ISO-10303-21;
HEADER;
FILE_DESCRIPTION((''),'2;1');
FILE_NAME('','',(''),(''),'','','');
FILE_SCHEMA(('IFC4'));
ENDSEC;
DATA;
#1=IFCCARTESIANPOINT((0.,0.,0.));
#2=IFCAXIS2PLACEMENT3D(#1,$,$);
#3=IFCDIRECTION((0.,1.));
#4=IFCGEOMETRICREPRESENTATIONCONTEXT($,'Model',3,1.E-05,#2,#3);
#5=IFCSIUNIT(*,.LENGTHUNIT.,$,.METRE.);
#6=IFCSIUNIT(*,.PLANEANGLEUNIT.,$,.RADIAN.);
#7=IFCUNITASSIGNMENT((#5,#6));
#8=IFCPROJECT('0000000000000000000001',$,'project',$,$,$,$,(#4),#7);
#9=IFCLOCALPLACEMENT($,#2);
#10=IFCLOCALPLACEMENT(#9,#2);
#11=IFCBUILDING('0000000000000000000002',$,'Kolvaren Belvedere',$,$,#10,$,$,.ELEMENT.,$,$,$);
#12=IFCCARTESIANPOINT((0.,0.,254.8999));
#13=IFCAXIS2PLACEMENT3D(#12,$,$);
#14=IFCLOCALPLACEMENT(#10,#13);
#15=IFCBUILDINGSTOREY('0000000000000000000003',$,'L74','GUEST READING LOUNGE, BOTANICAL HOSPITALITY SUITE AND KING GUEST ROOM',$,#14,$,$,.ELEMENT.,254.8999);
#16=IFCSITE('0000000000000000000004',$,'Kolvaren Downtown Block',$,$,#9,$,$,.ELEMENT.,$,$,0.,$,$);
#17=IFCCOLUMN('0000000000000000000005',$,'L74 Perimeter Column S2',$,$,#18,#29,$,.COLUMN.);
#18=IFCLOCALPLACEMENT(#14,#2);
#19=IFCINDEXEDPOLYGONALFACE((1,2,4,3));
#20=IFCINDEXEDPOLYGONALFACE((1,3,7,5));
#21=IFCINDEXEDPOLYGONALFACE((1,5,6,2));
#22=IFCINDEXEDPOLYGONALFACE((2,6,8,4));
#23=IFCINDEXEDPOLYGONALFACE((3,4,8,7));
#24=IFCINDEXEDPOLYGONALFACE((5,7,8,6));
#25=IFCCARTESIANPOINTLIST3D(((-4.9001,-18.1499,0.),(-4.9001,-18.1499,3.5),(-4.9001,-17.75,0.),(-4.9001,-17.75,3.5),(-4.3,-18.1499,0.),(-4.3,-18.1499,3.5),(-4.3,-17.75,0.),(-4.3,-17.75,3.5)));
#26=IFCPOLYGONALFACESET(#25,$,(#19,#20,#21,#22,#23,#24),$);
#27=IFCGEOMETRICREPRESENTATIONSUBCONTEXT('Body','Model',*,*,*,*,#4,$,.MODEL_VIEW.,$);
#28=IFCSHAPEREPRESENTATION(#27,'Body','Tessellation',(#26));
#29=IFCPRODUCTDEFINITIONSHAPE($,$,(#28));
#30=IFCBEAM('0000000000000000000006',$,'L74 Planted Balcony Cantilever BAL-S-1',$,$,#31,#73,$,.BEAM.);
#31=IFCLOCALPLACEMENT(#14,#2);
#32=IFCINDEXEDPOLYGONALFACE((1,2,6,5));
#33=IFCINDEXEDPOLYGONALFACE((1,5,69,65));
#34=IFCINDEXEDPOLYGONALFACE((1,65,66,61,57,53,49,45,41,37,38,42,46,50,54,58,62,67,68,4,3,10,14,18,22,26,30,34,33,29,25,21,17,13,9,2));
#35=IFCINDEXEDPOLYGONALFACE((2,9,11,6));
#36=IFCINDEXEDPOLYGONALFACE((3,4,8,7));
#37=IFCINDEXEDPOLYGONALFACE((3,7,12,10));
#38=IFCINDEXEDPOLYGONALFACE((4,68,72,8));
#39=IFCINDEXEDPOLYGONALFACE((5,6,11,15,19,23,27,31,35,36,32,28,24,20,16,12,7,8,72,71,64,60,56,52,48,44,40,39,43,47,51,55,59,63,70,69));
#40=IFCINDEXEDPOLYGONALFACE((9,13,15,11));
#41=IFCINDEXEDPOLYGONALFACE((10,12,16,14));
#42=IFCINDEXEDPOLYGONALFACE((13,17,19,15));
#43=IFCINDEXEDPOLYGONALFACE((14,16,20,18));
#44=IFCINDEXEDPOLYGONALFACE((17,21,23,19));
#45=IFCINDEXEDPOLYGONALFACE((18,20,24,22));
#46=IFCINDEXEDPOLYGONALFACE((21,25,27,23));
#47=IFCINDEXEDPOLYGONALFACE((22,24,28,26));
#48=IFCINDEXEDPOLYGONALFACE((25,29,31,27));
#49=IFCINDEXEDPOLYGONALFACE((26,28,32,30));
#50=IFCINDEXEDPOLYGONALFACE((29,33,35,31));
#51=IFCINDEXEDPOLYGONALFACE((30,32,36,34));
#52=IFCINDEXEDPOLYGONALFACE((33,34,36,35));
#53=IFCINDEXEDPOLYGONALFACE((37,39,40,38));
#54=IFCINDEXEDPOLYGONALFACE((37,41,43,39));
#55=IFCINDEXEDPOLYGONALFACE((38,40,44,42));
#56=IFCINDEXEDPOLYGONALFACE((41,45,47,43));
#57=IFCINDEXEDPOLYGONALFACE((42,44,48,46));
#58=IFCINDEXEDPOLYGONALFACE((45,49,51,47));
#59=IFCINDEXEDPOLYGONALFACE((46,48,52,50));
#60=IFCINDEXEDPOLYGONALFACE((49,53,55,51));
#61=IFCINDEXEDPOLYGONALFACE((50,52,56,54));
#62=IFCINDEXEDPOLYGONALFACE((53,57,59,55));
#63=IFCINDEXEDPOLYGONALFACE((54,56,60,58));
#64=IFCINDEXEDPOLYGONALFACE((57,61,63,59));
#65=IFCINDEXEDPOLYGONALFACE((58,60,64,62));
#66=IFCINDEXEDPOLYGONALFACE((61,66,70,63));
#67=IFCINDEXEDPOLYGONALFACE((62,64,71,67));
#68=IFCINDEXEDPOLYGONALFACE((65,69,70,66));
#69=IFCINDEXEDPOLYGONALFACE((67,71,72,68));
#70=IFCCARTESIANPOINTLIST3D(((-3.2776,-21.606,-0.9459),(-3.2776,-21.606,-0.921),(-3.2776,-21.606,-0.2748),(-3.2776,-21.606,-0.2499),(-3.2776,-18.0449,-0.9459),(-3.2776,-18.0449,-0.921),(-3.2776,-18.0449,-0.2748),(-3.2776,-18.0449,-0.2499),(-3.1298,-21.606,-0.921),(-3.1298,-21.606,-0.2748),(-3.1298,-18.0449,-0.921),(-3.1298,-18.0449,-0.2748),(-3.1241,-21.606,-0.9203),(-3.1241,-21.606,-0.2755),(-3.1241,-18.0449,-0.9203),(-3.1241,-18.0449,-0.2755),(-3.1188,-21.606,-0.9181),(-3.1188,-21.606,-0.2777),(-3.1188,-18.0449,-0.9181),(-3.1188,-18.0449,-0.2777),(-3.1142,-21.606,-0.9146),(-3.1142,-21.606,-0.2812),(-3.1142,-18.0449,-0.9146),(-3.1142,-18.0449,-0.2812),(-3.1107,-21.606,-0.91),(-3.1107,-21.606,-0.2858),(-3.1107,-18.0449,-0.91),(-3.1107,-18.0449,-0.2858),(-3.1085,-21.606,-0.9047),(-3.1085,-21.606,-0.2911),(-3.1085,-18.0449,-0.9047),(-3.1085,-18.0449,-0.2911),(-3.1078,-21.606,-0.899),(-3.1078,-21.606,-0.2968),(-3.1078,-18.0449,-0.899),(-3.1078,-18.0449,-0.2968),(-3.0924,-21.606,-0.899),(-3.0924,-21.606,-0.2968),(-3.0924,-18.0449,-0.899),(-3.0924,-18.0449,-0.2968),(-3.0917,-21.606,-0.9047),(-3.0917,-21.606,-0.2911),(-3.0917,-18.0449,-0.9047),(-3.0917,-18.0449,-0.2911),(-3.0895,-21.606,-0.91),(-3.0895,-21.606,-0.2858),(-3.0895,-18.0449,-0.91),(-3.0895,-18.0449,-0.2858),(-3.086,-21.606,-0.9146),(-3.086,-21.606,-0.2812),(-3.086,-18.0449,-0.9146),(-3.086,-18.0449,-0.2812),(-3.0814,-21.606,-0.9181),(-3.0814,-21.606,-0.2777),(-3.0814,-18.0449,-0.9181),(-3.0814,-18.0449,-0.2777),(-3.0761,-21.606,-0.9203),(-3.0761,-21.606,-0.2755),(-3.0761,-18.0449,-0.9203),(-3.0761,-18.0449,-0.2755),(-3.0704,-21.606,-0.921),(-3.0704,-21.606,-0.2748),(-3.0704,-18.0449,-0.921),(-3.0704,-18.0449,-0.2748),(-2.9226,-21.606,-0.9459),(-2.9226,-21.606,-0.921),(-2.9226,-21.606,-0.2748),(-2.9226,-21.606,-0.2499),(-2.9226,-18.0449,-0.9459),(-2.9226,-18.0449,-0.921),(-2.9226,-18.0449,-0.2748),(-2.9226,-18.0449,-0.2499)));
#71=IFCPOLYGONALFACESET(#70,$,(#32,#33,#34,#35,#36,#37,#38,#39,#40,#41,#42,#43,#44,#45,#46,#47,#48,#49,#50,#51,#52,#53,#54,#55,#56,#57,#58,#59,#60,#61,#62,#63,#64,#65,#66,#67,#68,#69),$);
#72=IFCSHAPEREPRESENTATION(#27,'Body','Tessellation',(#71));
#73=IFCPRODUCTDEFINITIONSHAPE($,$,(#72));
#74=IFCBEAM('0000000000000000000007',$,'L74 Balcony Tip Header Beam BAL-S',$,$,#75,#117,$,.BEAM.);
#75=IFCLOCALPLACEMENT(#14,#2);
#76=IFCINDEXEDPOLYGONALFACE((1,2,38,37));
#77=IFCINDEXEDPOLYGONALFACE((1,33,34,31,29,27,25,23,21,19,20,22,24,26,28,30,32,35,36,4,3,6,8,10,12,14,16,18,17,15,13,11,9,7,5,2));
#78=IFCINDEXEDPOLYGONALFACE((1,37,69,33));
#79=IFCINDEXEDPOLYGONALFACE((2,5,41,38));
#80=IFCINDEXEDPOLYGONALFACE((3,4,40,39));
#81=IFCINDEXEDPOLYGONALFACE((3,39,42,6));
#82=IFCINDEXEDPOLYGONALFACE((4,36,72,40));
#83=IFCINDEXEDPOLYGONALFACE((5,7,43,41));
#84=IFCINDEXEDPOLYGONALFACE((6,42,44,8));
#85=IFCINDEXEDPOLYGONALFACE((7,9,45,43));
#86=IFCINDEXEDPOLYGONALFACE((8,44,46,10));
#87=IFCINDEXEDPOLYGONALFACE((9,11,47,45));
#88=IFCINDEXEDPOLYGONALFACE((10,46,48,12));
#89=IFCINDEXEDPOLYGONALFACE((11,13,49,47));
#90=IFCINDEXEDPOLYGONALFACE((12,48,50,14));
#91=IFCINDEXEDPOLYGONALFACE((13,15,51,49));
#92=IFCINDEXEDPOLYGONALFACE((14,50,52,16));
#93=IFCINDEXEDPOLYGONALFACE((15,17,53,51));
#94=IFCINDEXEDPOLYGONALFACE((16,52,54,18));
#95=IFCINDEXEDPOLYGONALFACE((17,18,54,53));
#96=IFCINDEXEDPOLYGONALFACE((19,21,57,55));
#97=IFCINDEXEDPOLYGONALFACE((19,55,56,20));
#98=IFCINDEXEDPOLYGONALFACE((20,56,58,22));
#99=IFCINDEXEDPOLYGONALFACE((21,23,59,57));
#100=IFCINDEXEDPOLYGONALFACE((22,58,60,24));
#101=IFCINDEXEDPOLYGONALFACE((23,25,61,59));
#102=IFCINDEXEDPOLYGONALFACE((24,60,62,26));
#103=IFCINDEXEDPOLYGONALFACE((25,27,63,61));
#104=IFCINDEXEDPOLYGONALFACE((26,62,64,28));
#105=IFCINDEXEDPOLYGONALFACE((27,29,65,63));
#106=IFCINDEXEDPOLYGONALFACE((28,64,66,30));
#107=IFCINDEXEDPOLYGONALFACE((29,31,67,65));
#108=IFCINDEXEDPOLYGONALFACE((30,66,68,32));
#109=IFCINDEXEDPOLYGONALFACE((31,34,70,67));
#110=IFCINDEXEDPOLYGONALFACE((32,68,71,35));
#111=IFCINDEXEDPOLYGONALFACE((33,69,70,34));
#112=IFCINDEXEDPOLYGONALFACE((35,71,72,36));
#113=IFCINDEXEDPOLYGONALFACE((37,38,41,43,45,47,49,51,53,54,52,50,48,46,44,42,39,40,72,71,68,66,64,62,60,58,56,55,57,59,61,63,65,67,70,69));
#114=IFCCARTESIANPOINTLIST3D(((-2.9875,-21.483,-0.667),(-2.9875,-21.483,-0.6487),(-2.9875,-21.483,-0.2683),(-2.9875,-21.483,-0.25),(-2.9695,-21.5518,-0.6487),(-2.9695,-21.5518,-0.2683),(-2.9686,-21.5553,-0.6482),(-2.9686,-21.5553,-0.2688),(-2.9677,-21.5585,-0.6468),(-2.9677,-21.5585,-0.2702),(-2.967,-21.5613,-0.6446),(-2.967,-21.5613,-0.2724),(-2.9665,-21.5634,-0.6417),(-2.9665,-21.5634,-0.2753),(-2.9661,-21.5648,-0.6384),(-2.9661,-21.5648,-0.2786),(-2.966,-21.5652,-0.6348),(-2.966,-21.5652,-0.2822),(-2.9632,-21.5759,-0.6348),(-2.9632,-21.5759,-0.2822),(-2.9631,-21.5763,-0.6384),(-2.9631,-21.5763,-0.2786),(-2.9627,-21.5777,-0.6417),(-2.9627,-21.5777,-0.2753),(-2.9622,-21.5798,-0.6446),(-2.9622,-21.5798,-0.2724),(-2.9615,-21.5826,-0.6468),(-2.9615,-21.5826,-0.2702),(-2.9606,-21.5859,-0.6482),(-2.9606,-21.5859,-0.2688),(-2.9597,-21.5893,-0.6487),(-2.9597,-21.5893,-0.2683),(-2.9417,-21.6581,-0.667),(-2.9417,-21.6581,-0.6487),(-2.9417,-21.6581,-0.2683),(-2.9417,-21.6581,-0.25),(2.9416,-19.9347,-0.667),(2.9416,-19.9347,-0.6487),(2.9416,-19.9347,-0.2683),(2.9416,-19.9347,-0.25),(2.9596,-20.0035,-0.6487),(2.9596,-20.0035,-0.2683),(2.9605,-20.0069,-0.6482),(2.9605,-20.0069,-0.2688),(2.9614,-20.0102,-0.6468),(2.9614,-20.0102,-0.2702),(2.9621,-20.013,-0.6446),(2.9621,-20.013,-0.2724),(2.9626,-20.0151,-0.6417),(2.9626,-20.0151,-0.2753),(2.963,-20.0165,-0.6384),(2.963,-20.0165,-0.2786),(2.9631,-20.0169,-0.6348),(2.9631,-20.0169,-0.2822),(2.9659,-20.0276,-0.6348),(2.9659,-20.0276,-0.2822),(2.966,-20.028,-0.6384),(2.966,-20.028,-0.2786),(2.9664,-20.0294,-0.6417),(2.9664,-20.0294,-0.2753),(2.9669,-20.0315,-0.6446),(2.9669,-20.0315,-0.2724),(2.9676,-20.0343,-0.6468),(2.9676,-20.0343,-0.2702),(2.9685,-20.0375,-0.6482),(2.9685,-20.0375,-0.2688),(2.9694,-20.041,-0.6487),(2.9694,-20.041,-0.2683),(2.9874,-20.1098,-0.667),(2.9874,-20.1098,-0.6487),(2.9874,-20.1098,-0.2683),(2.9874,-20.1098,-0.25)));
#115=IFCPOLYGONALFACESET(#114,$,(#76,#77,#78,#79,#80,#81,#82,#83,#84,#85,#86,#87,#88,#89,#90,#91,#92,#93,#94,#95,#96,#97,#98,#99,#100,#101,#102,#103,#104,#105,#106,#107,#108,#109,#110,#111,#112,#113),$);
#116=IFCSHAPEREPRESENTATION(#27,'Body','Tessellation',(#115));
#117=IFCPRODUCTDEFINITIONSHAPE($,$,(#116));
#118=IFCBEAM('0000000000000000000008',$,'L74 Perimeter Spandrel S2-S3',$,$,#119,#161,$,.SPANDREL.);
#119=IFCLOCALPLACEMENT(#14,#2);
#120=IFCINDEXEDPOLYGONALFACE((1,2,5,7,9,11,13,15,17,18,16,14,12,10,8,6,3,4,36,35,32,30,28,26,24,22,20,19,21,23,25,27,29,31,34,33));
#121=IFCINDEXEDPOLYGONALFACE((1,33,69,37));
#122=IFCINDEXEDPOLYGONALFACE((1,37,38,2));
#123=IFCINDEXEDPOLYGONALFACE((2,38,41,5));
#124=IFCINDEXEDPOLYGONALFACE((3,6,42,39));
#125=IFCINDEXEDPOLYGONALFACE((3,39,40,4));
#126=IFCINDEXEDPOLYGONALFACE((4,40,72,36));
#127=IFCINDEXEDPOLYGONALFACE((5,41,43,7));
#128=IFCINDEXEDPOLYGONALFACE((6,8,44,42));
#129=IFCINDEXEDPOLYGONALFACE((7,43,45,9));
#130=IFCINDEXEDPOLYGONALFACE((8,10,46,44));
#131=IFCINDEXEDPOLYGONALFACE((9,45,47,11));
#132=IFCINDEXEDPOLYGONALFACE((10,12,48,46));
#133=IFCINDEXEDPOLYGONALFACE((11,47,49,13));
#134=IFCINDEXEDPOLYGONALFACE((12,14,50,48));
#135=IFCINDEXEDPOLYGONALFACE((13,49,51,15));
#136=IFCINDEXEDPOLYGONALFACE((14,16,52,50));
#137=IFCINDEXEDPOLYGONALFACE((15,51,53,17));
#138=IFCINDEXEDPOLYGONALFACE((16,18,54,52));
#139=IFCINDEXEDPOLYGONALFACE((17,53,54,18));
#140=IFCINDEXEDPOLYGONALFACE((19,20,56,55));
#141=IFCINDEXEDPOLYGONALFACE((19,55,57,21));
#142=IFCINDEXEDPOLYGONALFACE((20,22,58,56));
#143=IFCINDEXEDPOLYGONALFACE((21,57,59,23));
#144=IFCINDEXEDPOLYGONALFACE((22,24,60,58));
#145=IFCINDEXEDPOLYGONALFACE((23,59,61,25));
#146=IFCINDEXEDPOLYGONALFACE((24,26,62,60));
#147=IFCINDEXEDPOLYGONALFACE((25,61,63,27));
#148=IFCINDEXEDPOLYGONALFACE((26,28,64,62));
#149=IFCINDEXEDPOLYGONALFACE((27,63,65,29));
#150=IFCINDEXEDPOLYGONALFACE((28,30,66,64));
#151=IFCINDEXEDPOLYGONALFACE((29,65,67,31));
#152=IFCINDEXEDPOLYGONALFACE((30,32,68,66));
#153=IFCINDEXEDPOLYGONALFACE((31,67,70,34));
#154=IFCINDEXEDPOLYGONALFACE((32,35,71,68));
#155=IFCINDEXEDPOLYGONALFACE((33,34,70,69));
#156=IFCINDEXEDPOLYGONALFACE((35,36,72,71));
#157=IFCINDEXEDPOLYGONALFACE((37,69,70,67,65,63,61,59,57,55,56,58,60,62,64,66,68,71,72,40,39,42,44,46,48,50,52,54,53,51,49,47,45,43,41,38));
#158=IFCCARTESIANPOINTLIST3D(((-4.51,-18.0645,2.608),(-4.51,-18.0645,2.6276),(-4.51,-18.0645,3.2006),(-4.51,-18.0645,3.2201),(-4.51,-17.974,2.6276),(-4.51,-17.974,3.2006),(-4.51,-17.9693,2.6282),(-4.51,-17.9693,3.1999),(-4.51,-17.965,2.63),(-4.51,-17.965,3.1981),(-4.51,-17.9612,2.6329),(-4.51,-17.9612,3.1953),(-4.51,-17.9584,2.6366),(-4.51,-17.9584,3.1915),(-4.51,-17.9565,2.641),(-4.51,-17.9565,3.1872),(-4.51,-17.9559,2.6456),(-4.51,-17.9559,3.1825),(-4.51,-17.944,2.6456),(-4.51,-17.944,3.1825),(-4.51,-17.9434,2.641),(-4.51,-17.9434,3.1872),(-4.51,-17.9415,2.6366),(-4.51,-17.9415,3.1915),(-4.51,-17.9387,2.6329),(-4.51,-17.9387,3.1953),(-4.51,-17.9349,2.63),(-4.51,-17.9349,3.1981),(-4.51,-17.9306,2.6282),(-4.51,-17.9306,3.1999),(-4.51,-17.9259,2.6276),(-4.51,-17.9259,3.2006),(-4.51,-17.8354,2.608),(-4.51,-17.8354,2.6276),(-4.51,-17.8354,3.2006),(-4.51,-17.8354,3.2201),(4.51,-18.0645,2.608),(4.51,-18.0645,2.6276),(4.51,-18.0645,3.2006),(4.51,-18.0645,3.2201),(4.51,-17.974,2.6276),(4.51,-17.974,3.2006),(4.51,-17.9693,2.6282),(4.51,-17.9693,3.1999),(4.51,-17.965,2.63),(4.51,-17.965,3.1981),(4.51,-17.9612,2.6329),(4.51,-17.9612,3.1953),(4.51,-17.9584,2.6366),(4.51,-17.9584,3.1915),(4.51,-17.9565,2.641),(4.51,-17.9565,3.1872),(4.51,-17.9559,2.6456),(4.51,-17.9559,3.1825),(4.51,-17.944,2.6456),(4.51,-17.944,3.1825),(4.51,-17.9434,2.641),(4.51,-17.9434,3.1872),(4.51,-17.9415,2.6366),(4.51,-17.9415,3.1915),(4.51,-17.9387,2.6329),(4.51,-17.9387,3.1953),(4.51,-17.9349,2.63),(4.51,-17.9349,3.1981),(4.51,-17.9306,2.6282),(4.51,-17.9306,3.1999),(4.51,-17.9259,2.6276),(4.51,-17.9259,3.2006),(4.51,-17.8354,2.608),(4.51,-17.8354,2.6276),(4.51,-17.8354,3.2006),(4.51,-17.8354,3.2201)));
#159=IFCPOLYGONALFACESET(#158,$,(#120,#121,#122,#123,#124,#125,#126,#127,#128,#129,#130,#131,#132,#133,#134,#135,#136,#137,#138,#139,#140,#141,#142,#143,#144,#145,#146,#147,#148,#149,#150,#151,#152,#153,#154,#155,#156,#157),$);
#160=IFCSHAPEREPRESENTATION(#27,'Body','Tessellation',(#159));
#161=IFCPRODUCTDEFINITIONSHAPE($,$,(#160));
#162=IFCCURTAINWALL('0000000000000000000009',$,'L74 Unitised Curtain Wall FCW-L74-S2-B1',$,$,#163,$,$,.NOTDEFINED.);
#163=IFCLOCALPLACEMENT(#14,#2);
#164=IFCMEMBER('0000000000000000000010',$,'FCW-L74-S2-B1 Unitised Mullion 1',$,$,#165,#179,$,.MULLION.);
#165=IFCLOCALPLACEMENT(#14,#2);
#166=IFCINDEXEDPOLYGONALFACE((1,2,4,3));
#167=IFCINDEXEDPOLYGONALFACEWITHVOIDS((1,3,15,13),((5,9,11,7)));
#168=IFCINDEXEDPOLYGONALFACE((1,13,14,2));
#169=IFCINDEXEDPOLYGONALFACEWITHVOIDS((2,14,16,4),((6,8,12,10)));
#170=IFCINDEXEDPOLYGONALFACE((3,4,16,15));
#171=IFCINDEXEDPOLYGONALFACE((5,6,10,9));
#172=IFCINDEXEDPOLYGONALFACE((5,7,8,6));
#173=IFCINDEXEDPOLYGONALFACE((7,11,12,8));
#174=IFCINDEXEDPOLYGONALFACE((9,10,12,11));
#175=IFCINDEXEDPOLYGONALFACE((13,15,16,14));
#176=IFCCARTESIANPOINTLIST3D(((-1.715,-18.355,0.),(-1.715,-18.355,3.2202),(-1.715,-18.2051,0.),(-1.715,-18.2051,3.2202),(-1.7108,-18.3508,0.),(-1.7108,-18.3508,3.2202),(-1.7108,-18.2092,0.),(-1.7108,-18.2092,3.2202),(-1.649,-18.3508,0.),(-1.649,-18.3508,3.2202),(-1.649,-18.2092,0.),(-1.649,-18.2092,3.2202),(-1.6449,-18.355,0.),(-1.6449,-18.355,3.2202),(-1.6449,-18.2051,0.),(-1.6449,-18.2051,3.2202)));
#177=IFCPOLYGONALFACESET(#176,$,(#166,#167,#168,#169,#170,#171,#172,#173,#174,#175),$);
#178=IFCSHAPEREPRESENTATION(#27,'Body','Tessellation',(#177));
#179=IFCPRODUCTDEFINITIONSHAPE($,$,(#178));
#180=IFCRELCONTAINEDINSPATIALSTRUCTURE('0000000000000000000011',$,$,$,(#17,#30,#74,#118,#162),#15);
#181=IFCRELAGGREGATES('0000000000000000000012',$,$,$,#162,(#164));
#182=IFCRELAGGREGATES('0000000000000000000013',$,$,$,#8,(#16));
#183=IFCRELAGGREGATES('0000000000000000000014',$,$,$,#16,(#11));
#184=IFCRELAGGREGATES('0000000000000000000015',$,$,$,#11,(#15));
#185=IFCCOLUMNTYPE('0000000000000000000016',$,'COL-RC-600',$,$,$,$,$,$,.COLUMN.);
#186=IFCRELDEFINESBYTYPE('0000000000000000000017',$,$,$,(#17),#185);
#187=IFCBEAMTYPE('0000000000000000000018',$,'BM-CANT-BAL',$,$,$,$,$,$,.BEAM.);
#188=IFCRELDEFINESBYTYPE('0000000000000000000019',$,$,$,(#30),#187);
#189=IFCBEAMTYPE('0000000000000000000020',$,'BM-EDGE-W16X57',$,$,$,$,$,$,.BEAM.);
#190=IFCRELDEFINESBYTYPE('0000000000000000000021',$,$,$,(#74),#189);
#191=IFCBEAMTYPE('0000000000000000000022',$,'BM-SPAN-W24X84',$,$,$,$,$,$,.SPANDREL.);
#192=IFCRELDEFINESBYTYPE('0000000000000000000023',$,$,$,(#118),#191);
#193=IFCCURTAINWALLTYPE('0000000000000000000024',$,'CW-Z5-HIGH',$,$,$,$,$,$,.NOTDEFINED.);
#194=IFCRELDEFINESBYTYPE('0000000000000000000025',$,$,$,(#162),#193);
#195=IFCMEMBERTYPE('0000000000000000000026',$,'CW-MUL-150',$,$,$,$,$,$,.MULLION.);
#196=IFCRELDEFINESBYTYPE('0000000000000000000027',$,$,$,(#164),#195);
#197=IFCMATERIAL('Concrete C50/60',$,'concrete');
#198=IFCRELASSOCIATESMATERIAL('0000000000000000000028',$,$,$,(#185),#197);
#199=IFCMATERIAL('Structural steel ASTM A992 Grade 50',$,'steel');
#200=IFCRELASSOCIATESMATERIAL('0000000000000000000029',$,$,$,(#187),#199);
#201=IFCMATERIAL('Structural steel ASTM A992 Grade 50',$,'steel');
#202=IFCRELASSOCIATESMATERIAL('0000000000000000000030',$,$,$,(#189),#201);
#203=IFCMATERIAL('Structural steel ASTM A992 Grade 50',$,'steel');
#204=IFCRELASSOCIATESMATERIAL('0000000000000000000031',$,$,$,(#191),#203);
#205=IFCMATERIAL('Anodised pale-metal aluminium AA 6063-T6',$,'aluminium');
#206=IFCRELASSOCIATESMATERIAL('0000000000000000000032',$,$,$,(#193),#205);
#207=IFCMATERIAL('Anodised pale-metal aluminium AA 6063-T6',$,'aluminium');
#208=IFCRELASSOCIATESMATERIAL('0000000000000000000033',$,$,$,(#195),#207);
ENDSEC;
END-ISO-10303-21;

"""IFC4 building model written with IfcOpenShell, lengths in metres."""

from ifc_helpers import new_model, si_unit, direction, frame, origin, origin_2d, place, context, subcontext, project, spatial, rectangle, hollow_rectangle, i_section, extrude, material, material_profile, profile_set, type_object, element, aggregate, save


model = new_model("IFC4")

# Units and contexts
model_context = context("Model", 3, precision=1e-05, world=origin(), true_north=direction((0.0, 1.0)))
body_context = subcontext(model_context, "Body", "Model", "MODEL_VIEW")
ifc_project = project(units=[si_unit("LENGTHUNIT", "METRE"), si_unit("PLANEANGLEUNIT", "RADIAN")], contexts=[model_context])

# Site, building, storey
site_placement = place(None, origin())
site = spatial("IfcSite", under=ifc_project, at=site_placement, Name="Kolvaren Downtown Block", CompositionType="ELEMENT", RefElevation=0.0)
building_placement = place(site_placement, origin())
building = spatial("IfcBuilding", under=site, at=building_placement, Name="Kolvaren Belvedere", CompositionType="ELEMENT")
storey_placement = place(building_placement, frame((0.0, 0.0, 254.8999)))
storey = spatial("IfcBuildingStorey", under=building, at=storey_placement, Name="L74", Description="GUEST READING LOUNGE, BOTANICAL HOSPITALITY SUITE AND KING GUEST ROOM", CompositionType="ELEMENT", Elevation=254.8999)

# Column
ifc_material_1 = material(Name="Concrete C50/60", Category="concrete")
ifc_material_profile_1 = material_profile(ifc_material_1, rectangle(XDim=0.6001, YDim=0.3999, at=origin_2d()), Name="RC 600X400")
ifc_profile_set_1 = profile_set([ifc_material_profile_1], Name="Concrete C50/60")
column_type = type_object("IfcColumnType", Name="COL-RC-600", PredefinedType="COLUMN", material=ifc_profile_set_1)
column_placement = place(storey_placement, frame((-4.6001, -17.95, 0.0), z_axis=(0.0, 0.0, 1.0), x_axis=(1.0, 0.0, 0.0)))
element("IfcColumn", 1, at=column_placement, inside=storey, type_object=column_type, Name="L74 Perimeter Column S2", PredefinedType="COLUMN", context=body_context, shape_type="SweptSolid", body=[
    extrude(rectangle(XDim=0.6001, YDim=0.3999, at=origin_2d()), origin(), (0.0, 0.0, 1.0), 3.5),
])

# Beams
ifc_material_2 = material(Name="Structural steel ASTM A992 Grade 50", Category="steel")
ifc_material_profile_2 = material_profile(ifc_material_2, i_section(OverallWidth=0.355, OverallDepth=0.696, WebThickness=0.0154, FlangeThickness=0.0249, FilletRadius=0.022, at=origin_2d()), Name="W27X146")
ifc_profile_set_2 = profile_set([ifc_material_profile_2], Name="Structural steel ASTM A992 Grade 50")
beam_type_1 = type_object("IfcBeamType", Name="BM-CANT-BAL", PredefinedType="BEAM", material=ifc_profile_set_2)
beam_1_placement = place(storey_placement, frame((-3.1001, -18.0449, -0.5979), z_axis=(0.0, -1.0, 0.0), x_axis=(1.0, 0.0, 0.0)))
element("IfcBeam", 2, at=beam_1_placement, inside=storey, type_object=beam_type_1, Name="L74 Planted Balcony Cantilever BAL-S-1", PredefinedType="BEAM", context=body_context, shape_type="SweptSolid", body=[
    extrude(i_section(OverallWidth=0.355, OverallDepth=0.696, WebThickness=0.0154, FlangeThickness=0.0249, FilletRadius=0.022, at=origin_2d()), origin(), (0.0, 0.0, 1.0), 3.561),
])
ifc_material_3 = material(Name="Structural steel ASTM A992 Grade 50", Category="steel")
ifc_material_profile_3 = material_profile(ifc_material_3, i_section(OverallWidth=0.1809, OverallDepth=0.417, WebThickness=0.011, FlangeThickness=0.0183, FilletRadius=0.0139, at=origin_2d()), Name="W16X57")
ifc_profile_set_3 = profile_set([ifc_material_profile_3], Name="Structural steel ASTM A992 Grade 50")
beam_type_2 = type_object("IfcBeamType", Name="BM-EDGE-W16X57", PredefinedType="BEAM", material=ifc_profile_set_3)
beam_2_placement = place(storey_placement, frame((-2.9646, -21.5706, -0.4585), z_axis=(0.967554, 0.252665, 0.0), x_axis=(-0.252665, 0.967554, 0.0)))
element("IfcBeam", 3, at=beam_2_placement, inside=storey, type_object=beam_type_2, Name="L74 Balcony Tip Header Beam BAL-S", PredefinedType="BEAM", context=body_context, shape_type="SweptSolid", body=[
    extrude(i_section(OverallWidth=0.1809, OverallDepth=0.417, WebThickness=0.011, FlangeThickness=0.0183, FilletRadius=0.0139, at=origin_2d()), origin(), (0.0, 0.0, 1.0), 6.1279),
])
ifc_material_4 = material(Name="Structural steel ASTM A992 Grade 50", Category="steel")
ifc_material_profile_4 = material_profile(ifc_material_4, i_section(OverallWidth=0.229, OverallDepth=0.6121, WebThickness=0.012, FlangeThickness=0.0195, FilletRadius=0.0181, at=origin_2d()), Name="W24X84")
ifc_profile_set_4 = profile_set([ifc_material_profile_4], Name="Structural steel ASTM A992 Grade 50")
beam_type_3 = type_object("IfcBeamType", Name="BM-SPAN-W24X84", PredefinedType="SPANDREL", material=ifc_profile_set_4)
beam_3_placement = place(storey_placement, frame((-4.51, -17.95, 2.9141), z_axis=(1.0, 0.0, 0.0), x_axis=(0.0, 1.0, 0.0)))
element("IfcBeam", 4, at=beam_3_placement, inside=storey, type_object=beam_type_3, Name="L74 Perimeter Spandrel S2-S3", PredefinedType="SPANDREL", context=body_context, shape_type="SweptSolid", body=[
    extrude(i_section(OverallWidth=0.229, OverallDepth=0.6121, WebThickness=0.012, FlangeThickness=0.0195, FilletRadius=0.0181, at=origin_2d()), origin(), (0.0, 0.0, 1.0), 9.02),
])

# Curtain wall, member
ifc_material_5 = material(Name="Anodised pale-metal aluminium AA 6063-T6", Category="aluminium")
curtain_wall_type = type_object("IfcCurtainWallType", Name="CW-Z5-HIGH", PredefinedType="NOTDEFINED", material=ifc_material_5)
curtain_wall_1_placement = place(storey_placement, origin())
curtain_wall_1 = element("IfcCurtainWall", 5, at=curtain_wall_1_placement, inside=storey, type_object=curtain_wall_type, Name="L74 Unitised Curtain Wall FCW-L74-S2-B1", PredefinedType="NOTDEFINED")
ifc_material_6 = material(Name="Anodised pale-metal aluminium AA 6063-T6", Category="aluminium")
ifc_material_profile_5 = material_profile(ifc_material_6, hollow_rectangle(XDim=0.0701, YDim=0.1499, WallThickness=0.0042, at=origin_2d()), Name="ALU-MUL-150X70")
ifc_profile_set_5 = profile_set([ifc_material_profile_5], Name="Anodised pale-metal aluminium AA 6063-T6")
member_type_1 = type_object("IfcMemberType", Name="CW-MUL-150", PredefinedType="MULLION", material=ifc_profile_set_5)
member_1_placement = place(storey_placement, frame((-1.6799, -18.28, 0.0), z_axis=(0.0, 0.0, 1.0), x_axis=(1.0, 0.0, 0.0)))
member_1 = element("IfcMember", 6, at=member_1_placement, type_object=member_type_1, Name="FCW-L74-S2-B1 Unitised Mullion 1", PredefinedType="MULLION", context=body_context, shape_type="SweptSolid", body=[
    extrude(hollow_rectangle(XDim=0.0701, YDim=0.1499, WallThickness=0.0042, at=origin_2d()), origin(), (0.0, 0.0, 1.0), 3.2202),
])

aggregate(curtain_wall_1, [member_1])

save(model, "model.ifc")
